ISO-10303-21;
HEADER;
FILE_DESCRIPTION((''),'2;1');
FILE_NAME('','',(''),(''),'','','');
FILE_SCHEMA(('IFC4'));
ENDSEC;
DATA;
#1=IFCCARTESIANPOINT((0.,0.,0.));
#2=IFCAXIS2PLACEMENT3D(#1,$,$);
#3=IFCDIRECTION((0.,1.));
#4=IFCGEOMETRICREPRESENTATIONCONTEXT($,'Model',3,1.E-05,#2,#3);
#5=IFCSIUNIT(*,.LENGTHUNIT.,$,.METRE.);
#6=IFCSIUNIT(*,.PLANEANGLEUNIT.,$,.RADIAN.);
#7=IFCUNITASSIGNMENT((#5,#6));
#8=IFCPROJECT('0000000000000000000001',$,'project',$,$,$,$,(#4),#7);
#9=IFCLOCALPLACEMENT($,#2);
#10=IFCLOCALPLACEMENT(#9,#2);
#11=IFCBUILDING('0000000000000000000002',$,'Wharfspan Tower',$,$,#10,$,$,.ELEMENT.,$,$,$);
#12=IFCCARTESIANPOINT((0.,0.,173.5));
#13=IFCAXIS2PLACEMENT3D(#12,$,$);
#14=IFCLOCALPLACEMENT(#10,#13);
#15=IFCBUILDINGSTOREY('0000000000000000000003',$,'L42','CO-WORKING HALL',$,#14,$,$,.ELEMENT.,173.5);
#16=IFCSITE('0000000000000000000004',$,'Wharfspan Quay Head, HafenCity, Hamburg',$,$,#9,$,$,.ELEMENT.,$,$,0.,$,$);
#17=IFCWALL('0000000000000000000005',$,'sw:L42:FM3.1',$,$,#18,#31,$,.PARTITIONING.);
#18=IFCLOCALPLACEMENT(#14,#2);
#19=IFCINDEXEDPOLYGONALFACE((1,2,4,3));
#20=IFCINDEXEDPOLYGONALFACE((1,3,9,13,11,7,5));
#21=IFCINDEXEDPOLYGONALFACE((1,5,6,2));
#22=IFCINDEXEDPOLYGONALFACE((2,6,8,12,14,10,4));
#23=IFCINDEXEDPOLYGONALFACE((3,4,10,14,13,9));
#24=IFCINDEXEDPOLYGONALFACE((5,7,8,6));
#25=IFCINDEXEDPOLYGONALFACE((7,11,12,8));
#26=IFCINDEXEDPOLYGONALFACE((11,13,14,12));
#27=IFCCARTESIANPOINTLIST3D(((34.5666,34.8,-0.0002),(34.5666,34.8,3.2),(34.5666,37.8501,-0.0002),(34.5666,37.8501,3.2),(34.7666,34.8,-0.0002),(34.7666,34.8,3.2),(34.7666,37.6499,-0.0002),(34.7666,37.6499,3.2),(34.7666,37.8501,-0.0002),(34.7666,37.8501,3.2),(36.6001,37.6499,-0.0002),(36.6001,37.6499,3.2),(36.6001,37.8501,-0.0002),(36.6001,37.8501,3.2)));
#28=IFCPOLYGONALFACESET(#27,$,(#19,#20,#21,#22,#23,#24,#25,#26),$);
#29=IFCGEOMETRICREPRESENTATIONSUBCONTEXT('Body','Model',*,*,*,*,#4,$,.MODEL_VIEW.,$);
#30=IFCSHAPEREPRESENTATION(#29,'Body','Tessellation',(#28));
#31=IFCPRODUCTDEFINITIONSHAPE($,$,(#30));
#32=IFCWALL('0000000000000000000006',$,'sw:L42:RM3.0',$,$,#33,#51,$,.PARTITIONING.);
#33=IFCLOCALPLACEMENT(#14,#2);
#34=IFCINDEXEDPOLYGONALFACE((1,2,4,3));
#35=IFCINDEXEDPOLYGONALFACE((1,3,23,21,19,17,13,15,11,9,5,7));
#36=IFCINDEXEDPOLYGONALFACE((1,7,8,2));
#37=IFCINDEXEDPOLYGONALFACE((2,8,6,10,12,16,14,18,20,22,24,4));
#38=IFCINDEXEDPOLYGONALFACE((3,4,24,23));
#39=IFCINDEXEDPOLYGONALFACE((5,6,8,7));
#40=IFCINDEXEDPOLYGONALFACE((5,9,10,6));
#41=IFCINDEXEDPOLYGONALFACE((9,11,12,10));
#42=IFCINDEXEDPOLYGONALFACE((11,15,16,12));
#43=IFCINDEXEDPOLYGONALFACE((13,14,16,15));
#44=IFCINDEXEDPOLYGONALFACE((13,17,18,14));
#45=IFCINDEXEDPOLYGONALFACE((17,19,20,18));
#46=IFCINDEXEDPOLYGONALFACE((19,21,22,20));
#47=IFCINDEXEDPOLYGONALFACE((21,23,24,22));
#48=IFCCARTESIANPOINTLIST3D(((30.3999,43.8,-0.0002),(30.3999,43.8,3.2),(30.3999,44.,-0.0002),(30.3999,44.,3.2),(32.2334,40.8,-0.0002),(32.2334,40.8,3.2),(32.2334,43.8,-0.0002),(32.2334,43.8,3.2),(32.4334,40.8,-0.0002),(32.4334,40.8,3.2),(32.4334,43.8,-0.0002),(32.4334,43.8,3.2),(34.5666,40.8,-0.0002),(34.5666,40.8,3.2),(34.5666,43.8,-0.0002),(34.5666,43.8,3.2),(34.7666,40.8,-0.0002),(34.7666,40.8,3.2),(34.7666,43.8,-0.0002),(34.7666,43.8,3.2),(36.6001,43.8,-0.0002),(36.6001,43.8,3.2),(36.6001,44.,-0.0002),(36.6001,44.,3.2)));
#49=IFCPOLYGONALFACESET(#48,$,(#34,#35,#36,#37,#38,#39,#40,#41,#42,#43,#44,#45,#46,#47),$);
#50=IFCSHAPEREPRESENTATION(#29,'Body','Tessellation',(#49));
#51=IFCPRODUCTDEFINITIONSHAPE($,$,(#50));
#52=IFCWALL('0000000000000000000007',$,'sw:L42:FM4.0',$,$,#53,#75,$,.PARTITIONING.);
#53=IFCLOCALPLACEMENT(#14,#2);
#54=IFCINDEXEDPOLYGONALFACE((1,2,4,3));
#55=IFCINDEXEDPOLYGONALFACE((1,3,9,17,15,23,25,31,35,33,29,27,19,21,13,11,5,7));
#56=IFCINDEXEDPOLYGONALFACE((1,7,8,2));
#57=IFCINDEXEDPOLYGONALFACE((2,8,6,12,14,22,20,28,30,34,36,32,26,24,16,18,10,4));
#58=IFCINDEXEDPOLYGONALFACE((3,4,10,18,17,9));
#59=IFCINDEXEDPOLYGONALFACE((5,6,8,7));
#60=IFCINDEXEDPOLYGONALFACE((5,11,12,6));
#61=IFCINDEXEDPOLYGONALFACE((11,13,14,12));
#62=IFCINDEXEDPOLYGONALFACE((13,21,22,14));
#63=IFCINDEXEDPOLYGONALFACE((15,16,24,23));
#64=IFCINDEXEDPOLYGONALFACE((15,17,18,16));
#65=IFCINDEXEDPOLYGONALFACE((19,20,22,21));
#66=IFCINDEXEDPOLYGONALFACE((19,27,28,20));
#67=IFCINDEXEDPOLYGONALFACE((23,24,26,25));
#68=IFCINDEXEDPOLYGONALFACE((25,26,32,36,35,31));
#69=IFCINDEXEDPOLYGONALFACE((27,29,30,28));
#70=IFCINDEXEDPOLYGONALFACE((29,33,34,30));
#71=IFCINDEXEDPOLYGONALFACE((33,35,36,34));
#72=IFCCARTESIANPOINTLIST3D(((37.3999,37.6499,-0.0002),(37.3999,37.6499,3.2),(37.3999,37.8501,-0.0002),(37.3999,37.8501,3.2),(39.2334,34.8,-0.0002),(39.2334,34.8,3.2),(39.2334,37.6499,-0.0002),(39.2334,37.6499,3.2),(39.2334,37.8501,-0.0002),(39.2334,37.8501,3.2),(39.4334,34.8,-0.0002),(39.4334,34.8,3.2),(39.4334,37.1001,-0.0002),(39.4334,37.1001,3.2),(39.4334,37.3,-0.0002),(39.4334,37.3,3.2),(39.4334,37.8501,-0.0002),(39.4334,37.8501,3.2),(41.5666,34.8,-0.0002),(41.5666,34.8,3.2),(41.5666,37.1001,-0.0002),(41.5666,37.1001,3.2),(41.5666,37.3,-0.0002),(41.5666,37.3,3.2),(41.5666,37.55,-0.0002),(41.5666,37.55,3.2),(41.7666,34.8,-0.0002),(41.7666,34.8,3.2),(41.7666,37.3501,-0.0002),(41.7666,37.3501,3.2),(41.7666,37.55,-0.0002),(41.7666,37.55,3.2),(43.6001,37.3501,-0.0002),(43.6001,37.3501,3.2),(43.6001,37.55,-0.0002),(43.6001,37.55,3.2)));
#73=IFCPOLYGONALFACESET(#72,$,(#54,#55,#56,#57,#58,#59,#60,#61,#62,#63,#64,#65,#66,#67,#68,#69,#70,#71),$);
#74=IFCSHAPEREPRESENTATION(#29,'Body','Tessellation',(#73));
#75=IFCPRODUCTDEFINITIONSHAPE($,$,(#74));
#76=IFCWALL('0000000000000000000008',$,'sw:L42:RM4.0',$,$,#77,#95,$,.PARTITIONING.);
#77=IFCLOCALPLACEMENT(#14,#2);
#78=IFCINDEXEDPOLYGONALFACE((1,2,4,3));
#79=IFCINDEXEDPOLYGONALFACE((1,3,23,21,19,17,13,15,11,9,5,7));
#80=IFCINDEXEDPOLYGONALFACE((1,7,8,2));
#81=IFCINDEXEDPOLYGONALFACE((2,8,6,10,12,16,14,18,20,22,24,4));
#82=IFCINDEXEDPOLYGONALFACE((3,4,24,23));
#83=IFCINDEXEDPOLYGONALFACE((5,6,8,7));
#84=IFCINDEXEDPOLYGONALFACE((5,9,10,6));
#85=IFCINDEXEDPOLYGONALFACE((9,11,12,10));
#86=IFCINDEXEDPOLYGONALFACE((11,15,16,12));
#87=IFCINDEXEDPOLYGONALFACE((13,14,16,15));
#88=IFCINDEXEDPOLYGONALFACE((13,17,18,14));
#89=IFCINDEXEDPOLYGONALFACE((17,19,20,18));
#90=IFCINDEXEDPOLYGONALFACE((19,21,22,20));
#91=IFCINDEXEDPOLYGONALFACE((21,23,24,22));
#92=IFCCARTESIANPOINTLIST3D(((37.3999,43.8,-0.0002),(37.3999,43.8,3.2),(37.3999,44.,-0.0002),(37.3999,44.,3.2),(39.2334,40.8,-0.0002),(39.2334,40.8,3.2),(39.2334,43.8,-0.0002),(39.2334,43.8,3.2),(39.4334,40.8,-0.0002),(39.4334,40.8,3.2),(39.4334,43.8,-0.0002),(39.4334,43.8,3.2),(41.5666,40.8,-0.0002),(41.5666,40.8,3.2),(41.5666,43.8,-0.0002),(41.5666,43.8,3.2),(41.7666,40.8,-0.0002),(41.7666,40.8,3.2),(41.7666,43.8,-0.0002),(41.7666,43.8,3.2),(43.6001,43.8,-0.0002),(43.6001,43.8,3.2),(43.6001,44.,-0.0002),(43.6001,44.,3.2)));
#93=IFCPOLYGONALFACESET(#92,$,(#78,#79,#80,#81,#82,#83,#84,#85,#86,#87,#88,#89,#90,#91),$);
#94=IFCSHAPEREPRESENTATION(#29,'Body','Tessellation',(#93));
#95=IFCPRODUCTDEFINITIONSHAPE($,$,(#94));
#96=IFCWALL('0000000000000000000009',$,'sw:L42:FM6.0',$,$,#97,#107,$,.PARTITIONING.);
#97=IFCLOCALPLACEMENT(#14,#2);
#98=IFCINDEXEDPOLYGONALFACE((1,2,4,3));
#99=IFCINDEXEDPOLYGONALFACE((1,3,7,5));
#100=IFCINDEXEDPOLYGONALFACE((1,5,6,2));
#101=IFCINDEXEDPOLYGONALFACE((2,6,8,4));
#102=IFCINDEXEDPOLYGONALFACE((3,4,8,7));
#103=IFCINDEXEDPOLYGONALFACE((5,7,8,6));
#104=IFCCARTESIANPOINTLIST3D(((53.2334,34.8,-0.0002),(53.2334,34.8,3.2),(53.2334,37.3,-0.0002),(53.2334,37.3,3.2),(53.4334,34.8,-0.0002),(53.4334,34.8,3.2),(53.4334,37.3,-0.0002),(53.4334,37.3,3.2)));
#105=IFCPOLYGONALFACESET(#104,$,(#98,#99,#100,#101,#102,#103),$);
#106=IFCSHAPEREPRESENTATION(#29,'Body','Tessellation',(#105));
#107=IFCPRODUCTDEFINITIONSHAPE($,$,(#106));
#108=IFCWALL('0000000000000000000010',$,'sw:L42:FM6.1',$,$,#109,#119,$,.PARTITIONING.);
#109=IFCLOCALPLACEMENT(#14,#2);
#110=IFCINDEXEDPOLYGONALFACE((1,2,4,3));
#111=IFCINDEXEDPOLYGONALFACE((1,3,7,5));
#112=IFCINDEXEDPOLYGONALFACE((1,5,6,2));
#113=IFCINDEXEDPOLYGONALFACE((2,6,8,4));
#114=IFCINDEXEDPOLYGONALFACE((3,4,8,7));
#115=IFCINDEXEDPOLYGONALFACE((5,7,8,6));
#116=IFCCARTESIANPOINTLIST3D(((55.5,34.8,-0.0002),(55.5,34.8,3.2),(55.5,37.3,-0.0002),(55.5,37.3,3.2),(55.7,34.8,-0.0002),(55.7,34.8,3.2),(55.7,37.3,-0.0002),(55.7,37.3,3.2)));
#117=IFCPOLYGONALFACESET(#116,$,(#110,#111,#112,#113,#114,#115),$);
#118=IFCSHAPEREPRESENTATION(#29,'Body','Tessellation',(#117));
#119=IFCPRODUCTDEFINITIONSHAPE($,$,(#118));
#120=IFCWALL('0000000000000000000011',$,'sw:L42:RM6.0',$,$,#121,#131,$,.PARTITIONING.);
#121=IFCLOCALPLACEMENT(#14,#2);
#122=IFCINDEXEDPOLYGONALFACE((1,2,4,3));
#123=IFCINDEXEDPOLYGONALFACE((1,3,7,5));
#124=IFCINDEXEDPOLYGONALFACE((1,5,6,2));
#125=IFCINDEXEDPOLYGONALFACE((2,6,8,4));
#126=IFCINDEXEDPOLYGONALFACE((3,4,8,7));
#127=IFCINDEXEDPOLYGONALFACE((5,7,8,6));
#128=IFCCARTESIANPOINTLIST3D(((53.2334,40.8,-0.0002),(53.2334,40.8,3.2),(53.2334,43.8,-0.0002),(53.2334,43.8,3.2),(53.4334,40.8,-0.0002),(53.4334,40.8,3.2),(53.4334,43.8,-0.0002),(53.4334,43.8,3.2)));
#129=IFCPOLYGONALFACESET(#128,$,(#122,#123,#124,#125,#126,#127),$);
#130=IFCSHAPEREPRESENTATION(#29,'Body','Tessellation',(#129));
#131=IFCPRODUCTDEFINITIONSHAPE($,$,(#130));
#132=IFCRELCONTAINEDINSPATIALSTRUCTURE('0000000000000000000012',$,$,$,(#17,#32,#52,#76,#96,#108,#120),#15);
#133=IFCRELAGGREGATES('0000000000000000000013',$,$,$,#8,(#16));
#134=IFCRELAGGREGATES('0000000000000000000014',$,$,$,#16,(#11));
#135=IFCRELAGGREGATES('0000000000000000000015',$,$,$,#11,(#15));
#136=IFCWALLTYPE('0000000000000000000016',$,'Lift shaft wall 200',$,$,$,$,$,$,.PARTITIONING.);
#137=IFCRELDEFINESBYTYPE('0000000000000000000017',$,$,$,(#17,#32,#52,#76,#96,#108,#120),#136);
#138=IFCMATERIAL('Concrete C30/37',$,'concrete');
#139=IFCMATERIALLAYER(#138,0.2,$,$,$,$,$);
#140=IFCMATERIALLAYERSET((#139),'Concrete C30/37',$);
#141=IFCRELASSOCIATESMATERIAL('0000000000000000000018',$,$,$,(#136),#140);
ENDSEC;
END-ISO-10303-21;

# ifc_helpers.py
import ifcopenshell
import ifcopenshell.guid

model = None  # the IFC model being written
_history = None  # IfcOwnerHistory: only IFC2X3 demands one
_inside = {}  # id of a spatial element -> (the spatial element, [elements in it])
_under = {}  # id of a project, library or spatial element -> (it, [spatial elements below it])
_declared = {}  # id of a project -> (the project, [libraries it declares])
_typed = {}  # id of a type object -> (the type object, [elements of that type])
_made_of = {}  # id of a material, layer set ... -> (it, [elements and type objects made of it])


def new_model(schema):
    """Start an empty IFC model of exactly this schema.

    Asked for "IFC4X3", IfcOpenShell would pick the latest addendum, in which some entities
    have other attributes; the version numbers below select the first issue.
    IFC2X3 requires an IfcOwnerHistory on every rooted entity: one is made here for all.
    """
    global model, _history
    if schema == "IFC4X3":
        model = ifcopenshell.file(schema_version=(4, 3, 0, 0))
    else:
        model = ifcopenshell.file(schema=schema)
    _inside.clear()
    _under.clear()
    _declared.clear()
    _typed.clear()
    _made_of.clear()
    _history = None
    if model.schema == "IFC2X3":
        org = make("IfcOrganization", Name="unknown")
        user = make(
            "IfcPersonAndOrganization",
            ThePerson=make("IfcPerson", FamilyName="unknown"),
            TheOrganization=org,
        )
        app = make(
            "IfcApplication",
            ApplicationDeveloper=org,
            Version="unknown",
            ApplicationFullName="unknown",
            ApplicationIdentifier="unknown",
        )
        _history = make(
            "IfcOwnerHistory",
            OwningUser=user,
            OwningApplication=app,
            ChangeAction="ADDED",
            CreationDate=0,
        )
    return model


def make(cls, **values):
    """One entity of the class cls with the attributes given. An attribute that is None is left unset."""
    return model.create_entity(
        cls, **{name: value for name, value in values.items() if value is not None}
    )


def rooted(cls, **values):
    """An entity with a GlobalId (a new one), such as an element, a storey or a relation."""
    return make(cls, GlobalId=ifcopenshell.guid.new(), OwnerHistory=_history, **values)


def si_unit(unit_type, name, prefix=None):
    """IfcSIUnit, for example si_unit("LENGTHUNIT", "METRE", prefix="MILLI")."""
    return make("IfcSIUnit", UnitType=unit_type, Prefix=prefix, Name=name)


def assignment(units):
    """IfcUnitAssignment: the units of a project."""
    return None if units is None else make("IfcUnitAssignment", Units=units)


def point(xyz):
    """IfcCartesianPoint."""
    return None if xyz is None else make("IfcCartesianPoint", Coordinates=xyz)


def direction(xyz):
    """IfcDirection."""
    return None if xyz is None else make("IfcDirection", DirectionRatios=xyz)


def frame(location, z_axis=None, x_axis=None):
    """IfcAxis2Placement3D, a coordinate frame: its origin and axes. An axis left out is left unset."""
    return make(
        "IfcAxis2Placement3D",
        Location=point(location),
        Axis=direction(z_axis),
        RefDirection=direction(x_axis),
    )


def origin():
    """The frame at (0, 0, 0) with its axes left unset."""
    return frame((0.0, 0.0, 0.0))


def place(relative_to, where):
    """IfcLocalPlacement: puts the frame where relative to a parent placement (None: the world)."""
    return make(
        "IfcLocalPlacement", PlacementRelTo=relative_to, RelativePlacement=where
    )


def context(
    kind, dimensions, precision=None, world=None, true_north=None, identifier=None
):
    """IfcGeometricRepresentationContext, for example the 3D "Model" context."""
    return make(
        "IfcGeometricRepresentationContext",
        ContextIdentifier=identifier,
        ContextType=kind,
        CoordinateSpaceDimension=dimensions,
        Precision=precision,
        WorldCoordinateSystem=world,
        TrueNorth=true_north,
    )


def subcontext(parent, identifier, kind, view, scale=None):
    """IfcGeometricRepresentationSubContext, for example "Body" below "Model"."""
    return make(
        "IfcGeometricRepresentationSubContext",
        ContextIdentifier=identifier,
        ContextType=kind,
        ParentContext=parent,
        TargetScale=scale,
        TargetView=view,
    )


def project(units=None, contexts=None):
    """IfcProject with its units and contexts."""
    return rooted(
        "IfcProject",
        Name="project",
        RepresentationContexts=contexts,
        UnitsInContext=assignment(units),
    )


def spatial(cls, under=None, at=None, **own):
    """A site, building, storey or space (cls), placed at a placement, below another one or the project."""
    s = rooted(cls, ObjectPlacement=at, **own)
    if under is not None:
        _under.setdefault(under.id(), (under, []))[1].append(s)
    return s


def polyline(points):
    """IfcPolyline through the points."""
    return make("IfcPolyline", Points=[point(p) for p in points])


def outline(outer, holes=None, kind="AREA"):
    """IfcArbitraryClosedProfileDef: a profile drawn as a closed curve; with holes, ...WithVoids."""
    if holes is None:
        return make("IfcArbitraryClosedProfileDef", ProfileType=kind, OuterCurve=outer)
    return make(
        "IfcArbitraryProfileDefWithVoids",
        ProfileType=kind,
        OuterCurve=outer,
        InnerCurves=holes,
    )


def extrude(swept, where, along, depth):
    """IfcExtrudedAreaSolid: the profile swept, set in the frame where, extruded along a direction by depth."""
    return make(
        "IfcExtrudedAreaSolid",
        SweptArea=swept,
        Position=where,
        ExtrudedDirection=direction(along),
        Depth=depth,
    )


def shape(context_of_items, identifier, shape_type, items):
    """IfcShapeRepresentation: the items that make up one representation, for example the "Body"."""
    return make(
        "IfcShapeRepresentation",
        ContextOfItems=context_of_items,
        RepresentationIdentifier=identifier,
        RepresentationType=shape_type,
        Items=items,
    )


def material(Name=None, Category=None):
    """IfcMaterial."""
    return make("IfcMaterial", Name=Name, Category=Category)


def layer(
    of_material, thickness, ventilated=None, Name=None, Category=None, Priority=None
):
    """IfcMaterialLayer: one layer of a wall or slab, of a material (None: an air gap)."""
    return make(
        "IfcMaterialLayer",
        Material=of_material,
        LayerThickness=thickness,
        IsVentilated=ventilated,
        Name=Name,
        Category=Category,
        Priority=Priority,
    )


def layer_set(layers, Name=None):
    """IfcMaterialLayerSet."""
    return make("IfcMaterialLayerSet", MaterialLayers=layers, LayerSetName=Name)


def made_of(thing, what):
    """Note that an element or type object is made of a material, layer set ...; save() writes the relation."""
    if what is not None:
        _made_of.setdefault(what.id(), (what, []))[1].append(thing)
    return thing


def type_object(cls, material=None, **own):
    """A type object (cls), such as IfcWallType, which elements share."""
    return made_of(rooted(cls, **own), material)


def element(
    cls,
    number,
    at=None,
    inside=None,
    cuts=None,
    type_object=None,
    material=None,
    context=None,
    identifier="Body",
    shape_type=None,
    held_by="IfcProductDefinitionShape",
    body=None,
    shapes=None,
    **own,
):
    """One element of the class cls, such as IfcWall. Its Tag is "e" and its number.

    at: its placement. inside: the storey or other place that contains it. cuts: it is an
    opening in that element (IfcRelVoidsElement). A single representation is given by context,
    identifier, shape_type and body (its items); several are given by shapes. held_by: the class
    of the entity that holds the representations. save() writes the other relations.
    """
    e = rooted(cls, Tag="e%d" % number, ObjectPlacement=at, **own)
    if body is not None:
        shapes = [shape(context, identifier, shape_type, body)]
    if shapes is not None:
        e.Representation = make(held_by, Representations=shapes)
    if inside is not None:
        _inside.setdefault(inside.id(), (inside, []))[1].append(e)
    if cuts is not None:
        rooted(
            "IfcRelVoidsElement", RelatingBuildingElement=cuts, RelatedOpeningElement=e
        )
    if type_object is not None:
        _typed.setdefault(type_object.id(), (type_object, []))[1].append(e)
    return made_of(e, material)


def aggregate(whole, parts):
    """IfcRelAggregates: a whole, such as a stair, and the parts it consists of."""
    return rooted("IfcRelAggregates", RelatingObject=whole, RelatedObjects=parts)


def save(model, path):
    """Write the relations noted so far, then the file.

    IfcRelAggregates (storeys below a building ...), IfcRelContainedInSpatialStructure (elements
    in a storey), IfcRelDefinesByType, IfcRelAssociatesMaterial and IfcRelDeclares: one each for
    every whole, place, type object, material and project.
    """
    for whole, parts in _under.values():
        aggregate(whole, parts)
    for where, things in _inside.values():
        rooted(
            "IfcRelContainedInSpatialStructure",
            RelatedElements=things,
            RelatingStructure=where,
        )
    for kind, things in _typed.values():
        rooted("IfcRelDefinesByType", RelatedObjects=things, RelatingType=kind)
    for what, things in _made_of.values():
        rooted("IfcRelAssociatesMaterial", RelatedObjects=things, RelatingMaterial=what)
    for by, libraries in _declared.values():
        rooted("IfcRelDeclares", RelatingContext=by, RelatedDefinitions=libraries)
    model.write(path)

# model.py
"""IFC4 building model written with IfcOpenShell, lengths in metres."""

from ifc_helpers import new_model, si_unit, direction, frame, origin, place, context, subcontext, project, spatial, polyline, outline, extrude, material, layer, layer_set, type_object, element, save


model = new_model("IFC4")

# Units and contexts
model_context = context("Model", 3, precision=1e-05, world=origin(), true_north=direction((0.0, 1.0)))
body_context = subcontext(model_context, "Body", "Model", "MODEL_VIEW")
ifc_project = project(units=[si_unit("LENGTHUNIT", "METRE"), si_unit("PLANEANGLEUNIT", "RADIAN")], contexts=[model_context])

# Site, building, storey
site_placement = place(None, origin())
site = spatial("IfcSite", under=ifc_project, at=site_placement, Name="Wharfspan Quay Head, HafenCity, Hamburg", CompositionType="ELEMENT", RefElevation=0.0)
building_placement = place(site_placement, origin())
building = spatial("IfcBuilding", under=site, at=building_placement, Name="Wharfspan Tower", CompositionType="ELEMENT")
storey_placement = place(building_placement, frame((0.0, 0.0, 173.5)))
storey = spatial("IfcBuildingStorey", under=building, at=storey_placement, Name="L42", Description="CO-WORKING HALL", CompositionType="ELEMENT", Elevation=173.5)

# Walls
ifc_material_1 = material(Name="Concrete C30/37", Category="concrete")
ifc_layer_1 = layer(ifc_material_1, 0.2)
ifc_layer_set_1 = layer_set([ifc_layer_1], Name="Concrete C30/37")
wall_type_1 = type_object("IfcWallType", Name="Lift shaft wall 200", PredefinedType="PARTITIONING", material=ifc_layer_set_1)
wall_1_placement = place(storey_placement, frame((0.0, 0.0, -0.0002)))
element("IfcWall", 1, at=wall_1_placement, inside=storey, type_object=wall_type_1, Name="sw:L42:FM3.1", PredefinedType="PARTITIONING", context=body_context, shape_type="SweptSolid", body=[
    extrude(outline(polyline([(34.5667, 37.8501), (34.7666, 37.8501), (36.6001, 37.8501), (36.6001, 37.6499), (34.7666, 37.6499), (34.7666, 34.8), (34.5667, 34.8), (34.5667, 37.8501)])), origin(), (0.0, 0.0, 1.0), 3.2002),
])
wall_2_placement = place(storey_placement, frame((0.0, 0.0, -0.0002)))
element("IfcWall", 2, at=wall_2_placement, inside=storey, type_object=wall_type_1, Name="sw:L42:RM3.0", PredefinedType="PARTITIONING", context=body_context, shape_type="SweptSolid", body=[
    extrude(outline(polyline([(32.4333, 40.8), (32.2334, 40.8), (32.2334, 43.8), (30.3999, 43.8), (30.3999, 44.0), (36.6001, 44.0), (36.6001, 43.8), (34.7666, 43.8), (34.7666, 40.8), (34.5667, 40.8), (34.5667, 43.8), (32.4333, 43.8), (32.4333, 40.8)])), origin(), (0.0, 0.0, 1.0), 3.2002),
])
wall_3_placement = place(storey_placement, frame((0.0, 0.0, -0.0002)))
element("IfcWall", 3, at=wall_3_placement, inside=storey, type_object=wall_type_1, Name="sw:L42:FM4.0", PredefinedType="PARTITIONING", context=body_context, shape_type="SweptSolid", body=[
    extrude(outline(polyline([(41.5667, 37.1001), (39.4333, 37.1001), (39.4333, 34.8), (39.2334, 34.8), (39.2334, 37.6499), (37.3999, 37.6499), (37.3999, 37.8501), (39.2334, 37.8501), (39.4333, 37.8501), (39.4333, 37.3), (41.5667, 37.3), (41.5667, 37.55), (41.7666, 37.55), (43.6001, 37.55), (43.6001, 37.3501), (41.7666, 37.3501), (41.7666, 34.8), (41.5667, 34.8), (41.5667, 37.1001)])), origin(), (0.0, 0.0, 1.0), 3.2002),
])
wall_4_placement = place(storey_placement, frame((0.0, 0.0, -0.0002)))
element("IfcWall", 4, at=wall_4_placement, inside=storey, type_object=wall_type_1, Name="sw:L42:RM4.0", PredefinedType="PARTITIONING", context=body_context, shape_type="SweptSolid", body=[
    extrude(outline(polyline([(39.4333, 40.8), (39.2334, 40.8), (39.2334, 43.8), (37.3999, 43.8), (37.3999, 44.0), (43.6001, 44.0), (43.6001, 43.8), (41.7666, 43.8), (41.7666, 40.8), (41.5667, 40.8), (41.5667, 43.8), (39.4333, 43.8), (39.4333, 40.8)])), origin(), (0.0, 0.0, 1.0), 3.2002),
])
wall_5_placement = place(storey_placement, frame((0.0, 0.0, -0.0002)))
element("IfcWall", 5, at=wall_5_placement, inside=storey, type_object=wall_type_1, Name="sw:L42:FM6.0", PredefinedType="PARTITIONING", context=body_context, shape_type="SweptSolid", body=[
    extrude(outline(polyline([(53.2334, 34.8), (53.2334, 37.3), (53.4333, 37.3), (53.4333, 34.8), (53.2334, 34.8)])), origin(), (0.0, 0.0, 1.0), 3.2002),
])
wall_6_placement = place(storey_placement, frame((0.0, 0.0, -0.0002)))
element("IfcWall", 6, at=wall_6_placement, inside=storey, type_object=wall_type_1, Name="sw:L42:FM6.1", PredefinedType="PARTITIONING", context=body_context, shape_type="SweptSolid", body=[
    extrude(outline(polyline([(55.5, 34.8), (55.5, 37.3), (55.7, 37.3), (55.7, 34.8), (55.5, 34.8)])), origin(), (0.0, 0.0, 1.0), 3.2002),
])
wall_7_placement = place(storey_placement, frame((0.0, 0.0, -0.0002)))
element("IfcWall", 7, at=wall_7_placement, inside=storey, type_object=wall_type_1, Name="sw:L42:RM6.0", PredefinedType="PARTITIONING", context=body_context, shape_type="SweptSolid", body=[
    extrude(outline(polyline([(53.4333, 40.8), (53.4333, 43.8), (53.2334, 43.8), (53.2334, 40.8), (53.4333, 40.8)])), origin(), (0.0, 0.0, 1.0), 3.2002),
])

save(model, "model.ifc")
